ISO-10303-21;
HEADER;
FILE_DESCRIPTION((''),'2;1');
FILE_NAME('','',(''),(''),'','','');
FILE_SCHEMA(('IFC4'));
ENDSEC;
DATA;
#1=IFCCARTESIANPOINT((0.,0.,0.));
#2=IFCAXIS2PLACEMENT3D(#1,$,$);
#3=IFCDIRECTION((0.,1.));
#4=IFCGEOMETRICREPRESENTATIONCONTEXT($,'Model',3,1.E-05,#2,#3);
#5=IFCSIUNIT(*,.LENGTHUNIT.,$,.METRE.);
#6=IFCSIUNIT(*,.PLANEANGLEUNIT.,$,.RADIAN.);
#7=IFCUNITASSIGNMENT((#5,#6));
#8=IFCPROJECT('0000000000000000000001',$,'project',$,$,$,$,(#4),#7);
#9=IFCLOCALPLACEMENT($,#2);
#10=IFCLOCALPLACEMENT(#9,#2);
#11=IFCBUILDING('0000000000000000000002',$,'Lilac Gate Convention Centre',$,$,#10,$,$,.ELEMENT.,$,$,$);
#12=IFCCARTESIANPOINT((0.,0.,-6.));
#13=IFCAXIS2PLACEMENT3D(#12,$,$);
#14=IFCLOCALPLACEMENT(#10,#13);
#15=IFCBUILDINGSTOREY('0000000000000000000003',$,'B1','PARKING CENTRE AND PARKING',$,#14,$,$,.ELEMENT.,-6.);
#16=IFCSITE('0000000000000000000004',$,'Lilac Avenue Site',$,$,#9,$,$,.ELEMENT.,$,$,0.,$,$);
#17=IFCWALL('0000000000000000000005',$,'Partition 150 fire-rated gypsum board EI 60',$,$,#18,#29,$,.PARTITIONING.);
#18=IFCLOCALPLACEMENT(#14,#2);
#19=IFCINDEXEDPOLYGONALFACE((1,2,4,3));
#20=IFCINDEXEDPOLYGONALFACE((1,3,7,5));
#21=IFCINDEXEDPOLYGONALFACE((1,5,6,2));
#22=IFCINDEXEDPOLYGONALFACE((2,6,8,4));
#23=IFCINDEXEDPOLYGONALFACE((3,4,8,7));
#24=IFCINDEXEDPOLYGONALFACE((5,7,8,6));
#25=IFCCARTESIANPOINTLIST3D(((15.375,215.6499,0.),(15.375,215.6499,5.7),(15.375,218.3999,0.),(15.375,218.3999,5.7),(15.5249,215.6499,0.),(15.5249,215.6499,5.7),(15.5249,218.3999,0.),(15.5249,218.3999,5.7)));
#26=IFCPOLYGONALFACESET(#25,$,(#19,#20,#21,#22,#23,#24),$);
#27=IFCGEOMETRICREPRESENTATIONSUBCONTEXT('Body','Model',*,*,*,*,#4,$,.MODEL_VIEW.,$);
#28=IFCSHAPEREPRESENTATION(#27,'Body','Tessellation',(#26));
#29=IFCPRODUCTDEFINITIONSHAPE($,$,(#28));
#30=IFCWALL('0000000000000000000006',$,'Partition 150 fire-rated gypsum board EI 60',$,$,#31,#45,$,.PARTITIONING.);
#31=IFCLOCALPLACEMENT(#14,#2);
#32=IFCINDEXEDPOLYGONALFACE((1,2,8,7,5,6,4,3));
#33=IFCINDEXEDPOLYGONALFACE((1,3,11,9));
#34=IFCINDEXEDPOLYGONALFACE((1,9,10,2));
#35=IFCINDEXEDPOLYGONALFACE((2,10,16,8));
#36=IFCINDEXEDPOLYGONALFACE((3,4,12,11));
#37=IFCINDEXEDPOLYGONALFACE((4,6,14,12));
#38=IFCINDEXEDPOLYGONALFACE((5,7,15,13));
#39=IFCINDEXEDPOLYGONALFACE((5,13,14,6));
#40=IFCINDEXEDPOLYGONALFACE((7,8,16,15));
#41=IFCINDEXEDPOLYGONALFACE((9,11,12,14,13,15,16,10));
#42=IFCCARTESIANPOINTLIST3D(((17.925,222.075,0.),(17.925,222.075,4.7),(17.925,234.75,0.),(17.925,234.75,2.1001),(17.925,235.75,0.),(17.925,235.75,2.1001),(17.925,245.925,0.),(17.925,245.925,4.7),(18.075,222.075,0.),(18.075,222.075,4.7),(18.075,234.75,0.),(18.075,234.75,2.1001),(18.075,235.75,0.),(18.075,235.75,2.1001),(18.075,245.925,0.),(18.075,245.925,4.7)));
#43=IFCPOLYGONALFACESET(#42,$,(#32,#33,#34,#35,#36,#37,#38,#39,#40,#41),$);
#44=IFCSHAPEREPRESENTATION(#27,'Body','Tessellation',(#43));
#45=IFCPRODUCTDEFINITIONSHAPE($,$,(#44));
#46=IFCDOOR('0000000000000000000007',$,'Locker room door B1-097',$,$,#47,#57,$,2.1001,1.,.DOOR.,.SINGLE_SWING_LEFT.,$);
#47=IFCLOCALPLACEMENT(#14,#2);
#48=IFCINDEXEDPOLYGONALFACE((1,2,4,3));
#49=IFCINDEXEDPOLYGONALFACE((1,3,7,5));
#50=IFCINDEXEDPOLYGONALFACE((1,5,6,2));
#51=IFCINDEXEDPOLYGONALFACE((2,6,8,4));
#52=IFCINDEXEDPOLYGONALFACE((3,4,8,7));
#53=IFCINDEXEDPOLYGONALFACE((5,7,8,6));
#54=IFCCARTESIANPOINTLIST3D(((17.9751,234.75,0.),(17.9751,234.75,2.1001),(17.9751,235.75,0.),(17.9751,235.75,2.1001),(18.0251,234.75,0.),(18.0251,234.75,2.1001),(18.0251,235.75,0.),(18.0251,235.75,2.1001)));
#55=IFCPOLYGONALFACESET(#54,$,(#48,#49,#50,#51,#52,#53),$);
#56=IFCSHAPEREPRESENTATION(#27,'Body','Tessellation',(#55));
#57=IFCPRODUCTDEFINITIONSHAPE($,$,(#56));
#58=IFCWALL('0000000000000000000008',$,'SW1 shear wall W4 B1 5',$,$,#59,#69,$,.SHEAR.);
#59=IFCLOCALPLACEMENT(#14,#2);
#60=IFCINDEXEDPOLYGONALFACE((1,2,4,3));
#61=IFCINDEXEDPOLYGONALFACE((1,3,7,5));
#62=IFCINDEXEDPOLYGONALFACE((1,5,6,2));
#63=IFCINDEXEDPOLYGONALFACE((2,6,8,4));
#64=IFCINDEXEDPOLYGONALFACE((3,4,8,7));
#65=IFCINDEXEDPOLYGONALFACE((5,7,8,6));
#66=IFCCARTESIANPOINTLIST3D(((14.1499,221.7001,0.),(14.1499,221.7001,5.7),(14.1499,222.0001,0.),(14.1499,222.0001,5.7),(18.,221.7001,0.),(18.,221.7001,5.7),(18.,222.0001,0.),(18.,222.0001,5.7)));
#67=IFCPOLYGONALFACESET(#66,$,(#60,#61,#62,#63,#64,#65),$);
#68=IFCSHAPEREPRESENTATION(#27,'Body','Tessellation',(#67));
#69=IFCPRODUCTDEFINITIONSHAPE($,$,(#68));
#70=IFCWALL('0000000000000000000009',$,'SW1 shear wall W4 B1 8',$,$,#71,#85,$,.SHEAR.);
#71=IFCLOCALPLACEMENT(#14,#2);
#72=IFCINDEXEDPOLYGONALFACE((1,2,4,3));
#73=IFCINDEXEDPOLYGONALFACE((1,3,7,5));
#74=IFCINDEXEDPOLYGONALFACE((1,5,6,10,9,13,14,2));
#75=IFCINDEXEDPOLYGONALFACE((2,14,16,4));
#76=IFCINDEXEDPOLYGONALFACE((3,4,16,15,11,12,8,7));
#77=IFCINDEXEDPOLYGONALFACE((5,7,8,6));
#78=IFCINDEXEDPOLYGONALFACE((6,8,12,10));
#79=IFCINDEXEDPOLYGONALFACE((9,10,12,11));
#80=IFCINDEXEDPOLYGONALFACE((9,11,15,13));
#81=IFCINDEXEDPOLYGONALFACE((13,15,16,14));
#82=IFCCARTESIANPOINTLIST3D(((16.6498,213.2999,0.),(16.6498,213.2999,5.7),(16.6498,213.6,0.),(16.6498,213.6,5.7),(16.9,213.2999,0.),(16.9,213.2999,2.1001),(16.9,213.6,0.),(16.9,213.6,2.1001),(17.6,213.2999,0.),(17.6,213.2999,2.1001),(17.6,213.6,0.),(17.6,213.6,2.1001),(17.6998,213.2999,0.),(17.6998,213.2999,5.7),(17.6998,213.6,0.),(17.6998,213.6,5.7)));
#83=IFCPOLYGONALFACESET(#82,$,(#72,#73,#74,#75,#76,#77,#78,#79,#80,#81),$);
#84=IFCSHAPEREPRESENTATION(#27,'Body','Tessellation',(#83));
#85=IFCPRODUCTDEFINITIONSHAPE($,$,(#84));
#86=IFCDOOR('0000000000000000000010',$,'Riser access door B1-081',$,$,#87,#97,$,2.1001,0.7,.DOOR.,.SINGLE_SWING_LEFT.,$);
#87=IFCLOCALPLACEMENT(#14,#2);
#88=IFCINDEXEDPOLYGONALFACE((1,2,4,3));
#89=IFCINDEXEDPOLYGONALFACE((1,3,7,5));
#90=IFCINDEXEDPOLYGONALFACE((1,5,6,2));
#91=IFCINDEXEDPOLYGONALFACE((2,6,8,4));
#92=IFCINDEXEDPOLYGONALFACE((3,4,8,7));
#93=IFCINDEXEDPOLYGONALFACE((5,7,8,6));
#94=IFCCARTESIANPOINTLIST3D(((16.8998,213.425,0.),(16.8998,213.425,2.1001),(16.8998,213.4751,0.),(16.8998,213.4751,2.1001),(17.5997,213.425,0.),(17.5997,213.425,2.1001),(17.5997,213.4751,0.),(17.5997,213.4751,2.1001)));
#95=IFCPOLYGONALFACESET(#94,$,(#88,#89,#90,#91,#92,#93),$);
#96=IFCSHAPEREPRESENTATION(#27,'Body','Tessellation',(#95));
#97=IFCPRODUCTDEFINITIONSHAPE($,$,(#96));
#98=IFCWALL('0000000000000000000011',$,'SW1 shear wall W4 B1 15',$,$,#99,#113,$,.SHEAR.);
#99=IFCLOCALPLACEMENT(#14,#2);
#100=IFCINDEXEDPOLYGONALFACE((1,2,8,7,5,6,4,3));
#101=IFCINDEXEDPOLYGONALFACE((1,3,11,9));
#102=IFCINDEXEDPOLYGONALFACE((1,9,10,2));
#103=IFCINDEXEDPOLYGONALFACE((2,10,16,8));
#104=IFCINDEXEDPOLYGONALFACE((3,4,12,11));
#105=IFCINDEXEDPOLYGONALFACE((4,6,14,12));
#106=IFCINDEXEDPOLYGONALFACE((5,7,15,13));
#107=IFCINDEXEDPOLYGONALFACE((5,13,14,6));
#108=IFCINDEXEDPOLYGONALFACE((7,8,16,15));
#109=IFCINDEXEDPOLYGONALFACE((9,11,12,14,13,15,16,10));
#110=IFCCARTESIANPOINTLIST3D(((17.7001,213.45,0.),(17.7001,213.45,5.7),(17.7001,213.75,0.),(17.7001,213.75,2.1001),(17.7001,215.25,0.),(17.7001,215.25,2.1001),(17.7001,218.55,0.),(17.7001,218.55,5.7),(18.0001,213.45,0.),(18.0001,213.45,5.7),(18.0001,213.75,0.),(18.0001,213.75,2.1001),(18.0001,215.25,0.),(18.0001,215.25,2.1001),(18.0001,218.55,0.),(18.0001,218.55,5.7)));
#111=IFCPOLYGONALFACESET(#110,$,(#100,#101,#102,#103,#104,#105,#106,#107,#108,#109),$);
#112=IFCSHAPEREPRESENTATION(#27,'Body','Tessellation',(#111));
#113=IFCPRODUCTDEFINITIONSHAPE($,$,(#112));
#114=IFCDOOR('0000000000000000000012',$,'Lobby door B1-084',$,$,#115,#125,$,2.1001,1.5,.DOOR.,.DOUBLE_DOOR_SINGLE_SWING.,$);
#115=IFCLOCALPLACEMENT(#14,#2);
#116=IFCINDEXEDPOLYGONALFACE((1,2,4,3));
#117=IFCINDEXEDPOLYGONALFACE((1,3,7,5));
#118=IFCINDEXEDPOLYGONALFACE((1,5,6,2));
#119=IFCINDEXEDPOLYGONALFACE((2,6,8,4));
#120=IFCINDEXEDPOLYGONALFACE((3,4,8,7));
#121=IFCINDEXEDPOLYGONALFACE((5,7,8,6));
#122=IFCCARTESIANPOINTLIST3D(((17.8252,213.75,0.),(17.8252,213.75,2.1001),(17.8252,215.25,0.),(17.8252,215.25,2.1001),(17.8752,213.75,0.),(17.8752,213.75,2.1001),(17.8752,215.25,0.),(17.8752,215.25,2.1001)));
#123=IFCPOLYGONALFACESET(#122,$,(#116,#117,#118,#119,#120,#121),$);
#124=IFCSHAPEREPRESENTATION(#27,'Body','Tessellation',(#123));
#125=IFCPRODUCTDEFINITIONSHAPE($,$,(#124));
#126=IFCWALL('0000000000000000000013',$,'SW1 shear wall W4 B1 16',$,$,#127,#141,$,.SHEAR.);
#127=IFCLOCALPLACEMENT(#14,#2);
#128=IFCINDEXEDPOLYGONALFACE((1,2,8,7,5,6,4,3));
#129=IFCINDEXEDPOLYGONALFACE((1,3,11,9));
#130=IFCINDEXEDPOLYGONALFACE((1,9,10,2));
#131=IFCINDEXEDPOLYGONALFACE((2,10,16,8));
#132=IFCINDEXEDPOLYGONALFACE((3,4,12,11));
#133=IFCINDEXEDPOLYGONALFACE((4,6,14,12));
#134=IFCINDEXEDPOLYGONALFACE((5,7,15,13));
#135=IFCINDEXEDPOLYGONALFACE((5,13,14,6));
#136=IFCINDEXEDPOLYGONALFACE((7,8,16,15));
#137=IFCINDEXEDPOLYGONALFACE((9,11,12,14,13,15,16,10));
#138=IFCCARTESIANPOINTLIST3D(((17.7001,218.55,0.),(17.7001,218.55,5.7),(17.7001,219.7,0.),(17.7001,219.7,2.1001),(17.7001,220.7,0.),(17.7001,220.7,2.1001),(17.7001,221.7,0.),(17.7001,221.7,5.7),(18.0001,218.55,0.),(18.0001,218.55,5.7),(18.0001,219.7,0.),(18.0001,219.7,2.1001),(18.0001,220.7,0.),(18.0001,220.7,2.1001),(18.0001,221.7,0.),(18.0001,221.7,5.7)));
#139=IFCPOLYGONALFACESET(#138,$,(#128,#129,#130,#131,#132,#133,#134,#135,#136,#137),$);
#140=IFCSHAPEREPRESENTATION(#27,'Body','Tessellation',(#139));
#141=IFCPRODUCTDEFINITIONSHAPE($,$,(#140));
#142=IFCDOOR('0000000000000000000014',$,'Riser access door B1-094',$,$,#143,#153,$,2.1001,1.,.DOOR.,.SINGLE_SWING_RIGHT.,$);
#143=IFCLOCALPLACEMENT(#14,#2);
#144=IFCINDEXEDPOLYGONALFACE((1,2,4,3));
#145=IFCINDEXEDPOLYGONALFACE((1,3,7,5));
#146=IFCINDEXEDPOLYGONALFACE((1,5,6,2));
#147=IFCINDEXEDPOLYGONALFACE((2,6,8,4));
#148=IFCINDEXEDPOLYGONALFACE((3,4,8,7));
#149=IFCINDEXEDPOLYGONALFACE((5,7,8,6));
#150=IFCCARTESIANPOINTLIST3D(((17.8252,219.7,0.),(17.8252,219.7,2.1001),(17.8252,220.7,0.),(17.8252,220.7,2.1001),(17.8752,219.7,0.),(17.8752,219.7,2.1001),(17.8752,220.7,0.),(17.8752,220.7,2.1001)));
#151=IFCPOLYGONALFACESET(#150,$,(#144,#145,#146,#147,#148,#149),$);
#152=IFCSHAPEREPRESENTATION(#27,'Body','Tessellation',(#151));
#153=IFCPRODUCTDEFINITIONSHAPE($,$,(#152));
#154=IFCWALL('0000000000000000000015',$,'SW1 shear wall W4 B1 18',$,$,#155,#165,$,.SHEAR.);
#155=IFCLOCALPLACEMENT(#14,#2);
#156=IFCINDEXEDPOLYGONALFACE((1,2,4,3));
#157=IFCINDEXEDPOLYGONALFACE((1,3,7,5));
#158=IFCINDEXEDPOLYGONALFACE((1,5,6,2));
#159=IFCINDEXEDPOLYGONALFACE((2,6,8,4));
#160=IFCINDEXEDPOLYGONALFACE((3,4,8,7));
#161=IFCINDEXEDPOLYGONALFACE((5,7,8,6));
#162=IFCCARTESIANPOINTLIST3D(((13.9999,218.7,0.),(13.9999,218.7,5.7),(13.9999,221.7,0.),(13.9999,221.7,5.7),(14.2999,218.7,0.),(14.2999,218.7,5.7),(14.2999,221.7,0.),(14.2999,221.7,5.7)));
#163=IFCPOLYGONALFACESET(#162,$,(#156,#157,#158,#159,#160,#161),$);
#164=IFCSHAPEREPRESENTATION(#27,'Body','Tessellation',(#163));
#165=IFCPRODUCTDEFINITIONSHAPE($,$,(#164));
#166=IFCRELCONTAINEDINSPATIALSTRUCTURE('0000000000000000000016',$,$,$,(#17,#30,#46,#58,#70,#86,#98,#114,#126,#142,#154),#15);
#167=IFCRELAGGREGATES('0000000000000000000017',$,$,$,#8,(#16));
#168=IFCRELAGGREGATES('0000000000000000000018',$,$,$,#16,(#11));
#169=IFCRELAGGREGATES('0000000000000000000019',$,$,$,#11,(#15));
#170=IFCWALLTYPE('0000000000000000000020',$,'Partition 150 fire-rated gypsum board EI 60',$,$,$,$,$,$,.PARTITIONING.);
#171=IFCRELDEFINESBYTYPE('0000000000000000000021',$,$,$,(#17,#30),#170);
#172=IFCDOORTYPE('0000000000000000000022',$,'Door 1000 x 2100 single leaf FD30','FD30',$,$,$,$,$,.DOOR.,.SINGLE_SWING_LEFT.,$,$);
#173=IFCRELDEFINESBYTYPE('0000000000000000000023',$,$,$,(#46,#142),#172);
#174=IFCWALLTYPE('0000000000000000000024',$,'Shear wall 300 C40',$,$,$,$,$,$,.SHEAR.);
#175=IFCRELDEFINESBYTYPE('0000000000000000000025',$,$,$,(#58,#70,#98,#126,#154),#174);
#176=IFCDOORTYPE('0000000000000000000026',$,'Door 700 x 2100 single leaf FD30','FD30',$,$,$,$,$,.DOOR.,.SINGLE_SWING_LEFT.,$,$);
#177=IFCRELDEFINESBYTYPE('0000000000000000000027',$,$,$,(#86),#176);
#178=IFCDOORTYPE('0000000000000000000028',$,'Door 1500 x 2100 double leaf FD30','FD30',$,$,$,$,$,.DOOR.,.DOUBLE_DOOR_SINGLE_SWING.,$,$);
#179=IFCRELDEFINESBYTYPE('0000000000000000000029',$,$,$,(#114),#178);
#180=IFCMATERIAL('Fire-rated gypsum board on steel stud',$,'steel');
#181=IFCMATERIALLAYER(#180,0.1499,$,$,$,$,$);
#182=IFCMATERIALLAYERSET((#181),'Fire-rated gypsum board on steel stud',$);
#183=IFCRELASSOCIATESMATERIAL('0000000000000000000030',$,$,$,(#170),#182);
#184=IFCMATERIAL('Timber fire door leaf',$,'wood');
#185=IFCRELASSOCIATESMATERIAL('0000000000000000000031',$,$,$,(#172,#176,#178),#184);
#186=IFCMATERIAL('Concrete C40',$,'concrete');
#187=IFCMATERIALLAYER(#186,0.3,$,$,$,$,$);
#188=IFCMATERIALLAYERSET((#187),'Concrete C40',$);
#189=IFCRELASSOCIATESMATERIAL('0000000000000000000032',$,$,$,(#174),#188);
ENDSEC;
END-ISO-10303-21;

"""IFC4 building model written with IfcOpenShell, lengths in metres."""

from ifc_helpers import new_model, si_unit, direction, frame, frame_2d, origin, place, context, subcontext, project, spatial, rectangle, extrude, material, layer, layer_set, type_object, element, fill, save


model = new_model("IFC4")

# Units and contexts
model_context = context("Model", 3, precision=1e-05, world=origin(), true_north=direction((0.0, 1.0)))
body_context = subcontext(model_context, "Body", "Model", "MODEL_VIEW")
ifc_project = project(units=[si_unit("LENGTHUNIT", "METRE"), si_unit("PLANEANGLEUNIT", "RADIAN")], contexts=[model_context])

# Site, building, storey
site_placement = place(None, origin())
site = spatial("IfcSite", under=ifc_project, at=site_placement, Name="Lilac Avenue Site", CompositionType="ELEMENT", RefElevation=0.0)
building_placement = place(site_placement, origin())
building = spatial("IfcBuilding", under=site, at=building_placement, Name="Lilac Gate Convention Centre", CompositionType="ELEMENT")
storey_placement = place(building_placement, frame((0.0, 0.0, -6.0)))
storey = spatial("IfcBuildingStorey", under=building, at=storey_placement, Name="B1", Description="PARKING CENTRE AND PARKING", CompositionType="ELEMENT", Elevation=-6.0)

# Shared definitions
ifc_material_1 = material(Name="Fire-rated gypsum board on steel stud", Category="steel")
ifc_layer_1 = layer(ifc_material_1, 0.1499)
ifc_layer_set_1 = layer_set([ifc_layer_1], Name="Fire-rated gypsum board on steel stud")
wall_type_1 = type_object("IfcWallType", Name="Partition 150 fire-rated gypsum board EI 60", PredefinedType="PARTITIONING", material=ifc_layer_set_1)
ifc_material_2 = material(Name="Timber fire door leaf", Category="wood")

# Wall
wall_1_placement = place(storey_placement, frame((15.45, 215.6499, 0.0), z_axis=(0.0, 0.0, 1.0), x_axis=(0.0, 1.0, 0.0)))
element("IfcWall", 1, at=wall_1_placement, inside=storey, type_object=wall_type_1, Name="Partition 150 fire-rated gypsum board EI 60", PredefinedType="PARTITIONING", context=body_context, shape_type="SweptSolid", body=[
    extrude(rectangle(XDim=2.75, YDim=0.1499, at=frame_2d((1.375, 0.0))), origin(), (0.0, 0.0, 1.0), 5.7),
])

# Wall, opening, door
wall_2_placement = place(storey_placement, frame((18.0, 222.075, 0.0), z_axis=(0.0, 0.0, 1.0), x_axis=(0.0, 1.0, 0.0)))
wall_2 = element("IfcWall", 2, at=wall_2_placement, inside=storey, type_object=wall_type_1, Name="Partition 150 fire-rated gypsum board EI 60", PredefinedType="PARTITIONING", context=body_context, shape_type="SweptSolid", body=[
    extrude(rectangle(XDim=23.8501, YDim=0.1499, at=frame_2d((11.925, 0.0))), origin(), (0.0, 0.0, 1.0), 4.7),
])
opening_1_placement = place(wall_2_placement, frame((12.675, 0.0, 0.0)))
opening_1 = element("IfcOpeningElement", 3, at=opening_1_placement, cuts=wall_2, PredefinedType="OPENING", context=body_context, shape_type="SweptSolid", body=[
    extrude(rectangle(XDim=1.0, YDim=2.1001, at=frame_2d((0.5, 1.05))), frame((0.0, 0.085, 0.0), z_axis=(0.0, -1.0, 0.0), x_axis=(1.0, 0.0, 0.0)), (0.0, 0.0, 1.0), 0.1699),
])
door_type_1 = type_object("IfcDoorType", Name="Door 1000 x 2100 single leaf FD30", Description="FD30", OperationType="SINGLE_SWING_LEFT", PredefinedType="DOOR", material=ifc_material_2)
door_1_placement = place(opening_1_placement, origin())
door_1 = element("IfcDoor", 4, at=door_1_placement, inside=storey, type_object=door_type_1, Name="Locker room door B1-097", OperationType="SINGLE_SWING_LEFT", OverallHeight=2.1001, OverallWidth=1.0, PredefinedType="DOOR", context=body_context, shape_type="SweptSolid", body=[
    extrude(rectangle(XDim=1.0, YDim=2.1001, at=frame_2d((0.5, 1.05))), frame((0.0, 0.0249, 0.0), z_axis=(0.0, -1.0, 0.0), x_axis=(1.0, 0.0, 0.0)), (0.0, 0.0, 1.0), 0.05),
])
fill(opening_1, door_1)

# Wall
ifc_material_3 = material(Name="Concrete C40", Category="concrete")
ifc_layer_2 = layer(ifc_material_3, 0.3)
ifc_layer_set_2 = layer_set([ifc_layer_2], Name="Concrete C40")
wall_type_2 = type_object("IfcWallType", Name="Shear wall 300 C40", PredefinedType="SHEAR", material=ifc_layer_set_2)
wall_3_placement = place(storey_placement, frame((14.1499, 221.8501, 0.0), z_axis=(0.0, 0.0, 1.0), x_axis=(1.0, 0.0, 0.0)))
element("IfcWall", 5, at=wall_3_placement, inside=storey, type_object=wall_type_2, Name="SW1 shear wall W4 B1 5", PredefinedType="SHEAR", context=body_context, shape_type="SweptSolid", body=[
    extrude(rectangle(XDim=3.8501, YDim=0.3, at=frame_2d((1.925, 0.0))), origin(), (0.0, 0.0, 1.0), 5.7),
])

# Walls, openings, doors
wall_4_placement = place(storey_placement, frame((16.6499, 213.45, 0.0), z_axis=(0.0, 0.0, 1.0), x_axis=(1.0, 0.0, 0.0)))
wall_4 = element("IfcWall", 6, at=wall_4_placement, inside=storey, type_object=wall_type_2, Name="SW1 shear wall W4 B1 8", PredefinedType="SHEAR", context=body_context, shape_type="SweptSolid", body=[
    extrude(rectangle(XDim=1.05, YDim=0.3, at=frame_2d((0.5249, 0.0))), origin(), (0.0, 0.0, 1.0), 5.7),
])
opening_2_placement = place(wall_4_placement, frame((0.25, 0.0, 0.0)))
opening_2 = element("IfcOpeningElement", 7, at=opening_2_placement, cuts=wall_4, PredefinedType="OPENING", context=body_context, shape_type="SweptSolid", body=[
    extrude(rectangle(XDim=0.7, YDim=2.1001, at=frame_2d((0.3501, 1.05))), frame((0.0, 0.1599, 0.0), z_axis=(0.0, -1.0, 0.0), x_axis=(1.0, 0.0, 0.0)), (0.0, 0.0, 1.0), 0.3201),
])
door_type_2 = type_object("IfcDoorType", Name="Door 700 x 2100 single leaf FD30", Description="FD30", OperationType="SINGLE_SWING_LEFT", PredefinedType="DOOR", material=ifc_material_2)
door_2_placement = place(opening_2_placement, frame((0.7, 0.0, 0.0), z_axis=(0.0, 0.0, 1.0), x_axis=(-1.0, 0.0, 0.0)))
door_2 = element("IfcDoor", 8, at=door_2_placement, inside=storey, type_object=door_type_2, Name="Riser access door B1-081", OperationType="SINGLE_SWING_LEFT", OverallHeight=2.1001, OverallWidth=0.7, PredefinedType="DOOR", context=body_context, shape_type="SweptSolid", body=[
    extrude(rectangle(XDim=0.7, YDim=2.1001, at=frame_2d((0.3501, 1.05))), frame((0.0, 0.0249, 0.0), z_axis=(0.0, -1.0, 0.0), x_axis=(1.0, 0.0, 0.0)), (0.0, 0.0, 1.0), 0.05),
])
fill(opening_2, door_2)
wall_5_placement = place(storey_placement, frame((17.8501, 213.45, 0.0), z_axis=(0.0, 0.0, 1.0), x_axis=(0.0, 1.0, 0.0)))
wall_5 = element("IfcWall", 9, at=wall_5_placement, inside=storey, type_object=wall_type_2, Name="SW1 shear wall W4 B1 15", PredefinedType="SHEAR", context=body_context, shape_type="SweptSolid", body=[
    extrude(rectangle(XDim=5.1001, YDim=0.3, at=frame_2d((2.55, 0.0))), origin(), (0.0, 0.0, 1.0), 5.7),
])
opening_3_placement = place(wall_5_placement, frame((0.3, 0.0, 0.0)))
opening_3 = element("IfcOpeningElement", 10, at=opening_3_placement, cuts=wall_5, PredefinedType="OPENING", context=body_context, shape_type="SweptSolid", body=[
    extrude(rectangle(XDim=1.5, YDim=2.1001, at=frame_2d((0.75, 1.05))), frame((0.0, 0.1599, 0.0), z_axis=(0.0, -1.0, 0.0), x_axis=(1.0, 0.0, 0.0)), (0.0, 0.0, 1.0), 0.3201),
])
door_type_3 = type_object("IfcDoorType", Name="Door 1500 x 2100 double leaf FD30", Description="FD30", OperationType="DOUBLE_DOOR_SINGLE_SWING", PredefinedType="DOOR", material=ifc_material_2)
door_3_placement = place(opening_3_placement, origin())
door_3 = element("IfcDoor", 11, at=door_3_placement, inside=storey, type_object=door_type_3, Name="Lobby door B1-084", OperationType="DOUBLE_DOOR_SINGLE_SWING", OverallHeight=2.1001, OverallWidth=1.5, PredefinedType="DOOR", context=body_context, shape_type="SweptSolid", body=[
    extrude(rectangle(XDim=1.5, YDim=2.1001, at=frame_2d((0.75, 1.05))), frame((0.0, 0.0249, 0.0), z_axis=(0.0, -1.0, 0.0), x_axis=(1.0, 0.0, 0.0)), (0.0, 0.0, 1.0), 0.05),
])
fill(opening_3, door_3)
wall_6_placement = place(storey_placement, frame((17.8501, 218.55, 0.0), z_axis=(0.0, 0.0, 1.0), x_axis=(0.0, 1.0, 0.0)))
wall_6 = element("IfcWall", 12, at=wall_6_placement, inside=storey, type_object=wall_type_2, Name="SW1 shear wall W4 B1 16", PredefinedType="SHEAR", context=body_context, shape_type="SweptSolid", body=[
    extrude(rectangle(XDim=3.1499, YDim=0.3, at=frame_2d((1.575, 0.0))), origin(), (0.0, 0.0, 1.0), 5.7),
])
opening_4_placement = place(wall_6_placement, frame((1.1499, 0.0, 0.0)))
opening_4 = element("IfcOpeningElement", 13, at=opening_4_placement, cuts=wall_6, PredefinedType="OPENING", context=body_context, shape_type="SweptSolid", body=[
    extrude(rectangle(XDim=1.0, YDim=2.1001, at=frame_2d((0.5, 1.05))), frame((0.0, 0.1599, 0.0), z_axis=(0.0, -1.0, 0.0), x_axis=(1.0, 0.0, 0.0)), (0.0, 0.0, 1.0), 0.3201),
])
door_4_placement = place(opening_4_placement, origin())
door_4 = element("IfcDoor", 14, at=door_4_placement, inside=storey, type_object=door_type_1, Name="Riser access door B1-094", OperationType="SINGLE_SWING_RIGHT", OverallHeight=2.1001, OverallWidth=1.0, PredefinedType="DOOR", context=body_context, shape_type="SweptSolid", body=[
    extrude(rectangle(XDim=1.0, YDim=2.1001, at=frame_2d((0.5, 1.05))), frame((0.0, 0.0249, 0.0), z_axis=(0.0, -1.0, 0.0), x_axis=(1.0, 0.0, 0.0)), (0.0, 0.0, 1.0), 0.05),
])
fill(opening_4, door_4)

# Wall
wall_7_placement = place(storey_placement, frame((14.1499, 218.7, 0.0), z_axis=(0.0, 0.0, 1.0), x_axis=(0.0, 1.0, 0.0)))
element("IfcWall", 15, at=wall_7_placement, inside=storey, type_object=wall_type_2, Name="SW1 shear wall W4 B1 18", PredefinedType="SHEAR", context=body_context, shape_type="SweptSolid", body=[
    extrude(rectangle(XDim=3.0, YDim=0.3, at=frame_2d((1.5, 0.0))), origin(), (0.0, 0.0, 1.0), 5.7),
])

save(model, "model.ifc")
